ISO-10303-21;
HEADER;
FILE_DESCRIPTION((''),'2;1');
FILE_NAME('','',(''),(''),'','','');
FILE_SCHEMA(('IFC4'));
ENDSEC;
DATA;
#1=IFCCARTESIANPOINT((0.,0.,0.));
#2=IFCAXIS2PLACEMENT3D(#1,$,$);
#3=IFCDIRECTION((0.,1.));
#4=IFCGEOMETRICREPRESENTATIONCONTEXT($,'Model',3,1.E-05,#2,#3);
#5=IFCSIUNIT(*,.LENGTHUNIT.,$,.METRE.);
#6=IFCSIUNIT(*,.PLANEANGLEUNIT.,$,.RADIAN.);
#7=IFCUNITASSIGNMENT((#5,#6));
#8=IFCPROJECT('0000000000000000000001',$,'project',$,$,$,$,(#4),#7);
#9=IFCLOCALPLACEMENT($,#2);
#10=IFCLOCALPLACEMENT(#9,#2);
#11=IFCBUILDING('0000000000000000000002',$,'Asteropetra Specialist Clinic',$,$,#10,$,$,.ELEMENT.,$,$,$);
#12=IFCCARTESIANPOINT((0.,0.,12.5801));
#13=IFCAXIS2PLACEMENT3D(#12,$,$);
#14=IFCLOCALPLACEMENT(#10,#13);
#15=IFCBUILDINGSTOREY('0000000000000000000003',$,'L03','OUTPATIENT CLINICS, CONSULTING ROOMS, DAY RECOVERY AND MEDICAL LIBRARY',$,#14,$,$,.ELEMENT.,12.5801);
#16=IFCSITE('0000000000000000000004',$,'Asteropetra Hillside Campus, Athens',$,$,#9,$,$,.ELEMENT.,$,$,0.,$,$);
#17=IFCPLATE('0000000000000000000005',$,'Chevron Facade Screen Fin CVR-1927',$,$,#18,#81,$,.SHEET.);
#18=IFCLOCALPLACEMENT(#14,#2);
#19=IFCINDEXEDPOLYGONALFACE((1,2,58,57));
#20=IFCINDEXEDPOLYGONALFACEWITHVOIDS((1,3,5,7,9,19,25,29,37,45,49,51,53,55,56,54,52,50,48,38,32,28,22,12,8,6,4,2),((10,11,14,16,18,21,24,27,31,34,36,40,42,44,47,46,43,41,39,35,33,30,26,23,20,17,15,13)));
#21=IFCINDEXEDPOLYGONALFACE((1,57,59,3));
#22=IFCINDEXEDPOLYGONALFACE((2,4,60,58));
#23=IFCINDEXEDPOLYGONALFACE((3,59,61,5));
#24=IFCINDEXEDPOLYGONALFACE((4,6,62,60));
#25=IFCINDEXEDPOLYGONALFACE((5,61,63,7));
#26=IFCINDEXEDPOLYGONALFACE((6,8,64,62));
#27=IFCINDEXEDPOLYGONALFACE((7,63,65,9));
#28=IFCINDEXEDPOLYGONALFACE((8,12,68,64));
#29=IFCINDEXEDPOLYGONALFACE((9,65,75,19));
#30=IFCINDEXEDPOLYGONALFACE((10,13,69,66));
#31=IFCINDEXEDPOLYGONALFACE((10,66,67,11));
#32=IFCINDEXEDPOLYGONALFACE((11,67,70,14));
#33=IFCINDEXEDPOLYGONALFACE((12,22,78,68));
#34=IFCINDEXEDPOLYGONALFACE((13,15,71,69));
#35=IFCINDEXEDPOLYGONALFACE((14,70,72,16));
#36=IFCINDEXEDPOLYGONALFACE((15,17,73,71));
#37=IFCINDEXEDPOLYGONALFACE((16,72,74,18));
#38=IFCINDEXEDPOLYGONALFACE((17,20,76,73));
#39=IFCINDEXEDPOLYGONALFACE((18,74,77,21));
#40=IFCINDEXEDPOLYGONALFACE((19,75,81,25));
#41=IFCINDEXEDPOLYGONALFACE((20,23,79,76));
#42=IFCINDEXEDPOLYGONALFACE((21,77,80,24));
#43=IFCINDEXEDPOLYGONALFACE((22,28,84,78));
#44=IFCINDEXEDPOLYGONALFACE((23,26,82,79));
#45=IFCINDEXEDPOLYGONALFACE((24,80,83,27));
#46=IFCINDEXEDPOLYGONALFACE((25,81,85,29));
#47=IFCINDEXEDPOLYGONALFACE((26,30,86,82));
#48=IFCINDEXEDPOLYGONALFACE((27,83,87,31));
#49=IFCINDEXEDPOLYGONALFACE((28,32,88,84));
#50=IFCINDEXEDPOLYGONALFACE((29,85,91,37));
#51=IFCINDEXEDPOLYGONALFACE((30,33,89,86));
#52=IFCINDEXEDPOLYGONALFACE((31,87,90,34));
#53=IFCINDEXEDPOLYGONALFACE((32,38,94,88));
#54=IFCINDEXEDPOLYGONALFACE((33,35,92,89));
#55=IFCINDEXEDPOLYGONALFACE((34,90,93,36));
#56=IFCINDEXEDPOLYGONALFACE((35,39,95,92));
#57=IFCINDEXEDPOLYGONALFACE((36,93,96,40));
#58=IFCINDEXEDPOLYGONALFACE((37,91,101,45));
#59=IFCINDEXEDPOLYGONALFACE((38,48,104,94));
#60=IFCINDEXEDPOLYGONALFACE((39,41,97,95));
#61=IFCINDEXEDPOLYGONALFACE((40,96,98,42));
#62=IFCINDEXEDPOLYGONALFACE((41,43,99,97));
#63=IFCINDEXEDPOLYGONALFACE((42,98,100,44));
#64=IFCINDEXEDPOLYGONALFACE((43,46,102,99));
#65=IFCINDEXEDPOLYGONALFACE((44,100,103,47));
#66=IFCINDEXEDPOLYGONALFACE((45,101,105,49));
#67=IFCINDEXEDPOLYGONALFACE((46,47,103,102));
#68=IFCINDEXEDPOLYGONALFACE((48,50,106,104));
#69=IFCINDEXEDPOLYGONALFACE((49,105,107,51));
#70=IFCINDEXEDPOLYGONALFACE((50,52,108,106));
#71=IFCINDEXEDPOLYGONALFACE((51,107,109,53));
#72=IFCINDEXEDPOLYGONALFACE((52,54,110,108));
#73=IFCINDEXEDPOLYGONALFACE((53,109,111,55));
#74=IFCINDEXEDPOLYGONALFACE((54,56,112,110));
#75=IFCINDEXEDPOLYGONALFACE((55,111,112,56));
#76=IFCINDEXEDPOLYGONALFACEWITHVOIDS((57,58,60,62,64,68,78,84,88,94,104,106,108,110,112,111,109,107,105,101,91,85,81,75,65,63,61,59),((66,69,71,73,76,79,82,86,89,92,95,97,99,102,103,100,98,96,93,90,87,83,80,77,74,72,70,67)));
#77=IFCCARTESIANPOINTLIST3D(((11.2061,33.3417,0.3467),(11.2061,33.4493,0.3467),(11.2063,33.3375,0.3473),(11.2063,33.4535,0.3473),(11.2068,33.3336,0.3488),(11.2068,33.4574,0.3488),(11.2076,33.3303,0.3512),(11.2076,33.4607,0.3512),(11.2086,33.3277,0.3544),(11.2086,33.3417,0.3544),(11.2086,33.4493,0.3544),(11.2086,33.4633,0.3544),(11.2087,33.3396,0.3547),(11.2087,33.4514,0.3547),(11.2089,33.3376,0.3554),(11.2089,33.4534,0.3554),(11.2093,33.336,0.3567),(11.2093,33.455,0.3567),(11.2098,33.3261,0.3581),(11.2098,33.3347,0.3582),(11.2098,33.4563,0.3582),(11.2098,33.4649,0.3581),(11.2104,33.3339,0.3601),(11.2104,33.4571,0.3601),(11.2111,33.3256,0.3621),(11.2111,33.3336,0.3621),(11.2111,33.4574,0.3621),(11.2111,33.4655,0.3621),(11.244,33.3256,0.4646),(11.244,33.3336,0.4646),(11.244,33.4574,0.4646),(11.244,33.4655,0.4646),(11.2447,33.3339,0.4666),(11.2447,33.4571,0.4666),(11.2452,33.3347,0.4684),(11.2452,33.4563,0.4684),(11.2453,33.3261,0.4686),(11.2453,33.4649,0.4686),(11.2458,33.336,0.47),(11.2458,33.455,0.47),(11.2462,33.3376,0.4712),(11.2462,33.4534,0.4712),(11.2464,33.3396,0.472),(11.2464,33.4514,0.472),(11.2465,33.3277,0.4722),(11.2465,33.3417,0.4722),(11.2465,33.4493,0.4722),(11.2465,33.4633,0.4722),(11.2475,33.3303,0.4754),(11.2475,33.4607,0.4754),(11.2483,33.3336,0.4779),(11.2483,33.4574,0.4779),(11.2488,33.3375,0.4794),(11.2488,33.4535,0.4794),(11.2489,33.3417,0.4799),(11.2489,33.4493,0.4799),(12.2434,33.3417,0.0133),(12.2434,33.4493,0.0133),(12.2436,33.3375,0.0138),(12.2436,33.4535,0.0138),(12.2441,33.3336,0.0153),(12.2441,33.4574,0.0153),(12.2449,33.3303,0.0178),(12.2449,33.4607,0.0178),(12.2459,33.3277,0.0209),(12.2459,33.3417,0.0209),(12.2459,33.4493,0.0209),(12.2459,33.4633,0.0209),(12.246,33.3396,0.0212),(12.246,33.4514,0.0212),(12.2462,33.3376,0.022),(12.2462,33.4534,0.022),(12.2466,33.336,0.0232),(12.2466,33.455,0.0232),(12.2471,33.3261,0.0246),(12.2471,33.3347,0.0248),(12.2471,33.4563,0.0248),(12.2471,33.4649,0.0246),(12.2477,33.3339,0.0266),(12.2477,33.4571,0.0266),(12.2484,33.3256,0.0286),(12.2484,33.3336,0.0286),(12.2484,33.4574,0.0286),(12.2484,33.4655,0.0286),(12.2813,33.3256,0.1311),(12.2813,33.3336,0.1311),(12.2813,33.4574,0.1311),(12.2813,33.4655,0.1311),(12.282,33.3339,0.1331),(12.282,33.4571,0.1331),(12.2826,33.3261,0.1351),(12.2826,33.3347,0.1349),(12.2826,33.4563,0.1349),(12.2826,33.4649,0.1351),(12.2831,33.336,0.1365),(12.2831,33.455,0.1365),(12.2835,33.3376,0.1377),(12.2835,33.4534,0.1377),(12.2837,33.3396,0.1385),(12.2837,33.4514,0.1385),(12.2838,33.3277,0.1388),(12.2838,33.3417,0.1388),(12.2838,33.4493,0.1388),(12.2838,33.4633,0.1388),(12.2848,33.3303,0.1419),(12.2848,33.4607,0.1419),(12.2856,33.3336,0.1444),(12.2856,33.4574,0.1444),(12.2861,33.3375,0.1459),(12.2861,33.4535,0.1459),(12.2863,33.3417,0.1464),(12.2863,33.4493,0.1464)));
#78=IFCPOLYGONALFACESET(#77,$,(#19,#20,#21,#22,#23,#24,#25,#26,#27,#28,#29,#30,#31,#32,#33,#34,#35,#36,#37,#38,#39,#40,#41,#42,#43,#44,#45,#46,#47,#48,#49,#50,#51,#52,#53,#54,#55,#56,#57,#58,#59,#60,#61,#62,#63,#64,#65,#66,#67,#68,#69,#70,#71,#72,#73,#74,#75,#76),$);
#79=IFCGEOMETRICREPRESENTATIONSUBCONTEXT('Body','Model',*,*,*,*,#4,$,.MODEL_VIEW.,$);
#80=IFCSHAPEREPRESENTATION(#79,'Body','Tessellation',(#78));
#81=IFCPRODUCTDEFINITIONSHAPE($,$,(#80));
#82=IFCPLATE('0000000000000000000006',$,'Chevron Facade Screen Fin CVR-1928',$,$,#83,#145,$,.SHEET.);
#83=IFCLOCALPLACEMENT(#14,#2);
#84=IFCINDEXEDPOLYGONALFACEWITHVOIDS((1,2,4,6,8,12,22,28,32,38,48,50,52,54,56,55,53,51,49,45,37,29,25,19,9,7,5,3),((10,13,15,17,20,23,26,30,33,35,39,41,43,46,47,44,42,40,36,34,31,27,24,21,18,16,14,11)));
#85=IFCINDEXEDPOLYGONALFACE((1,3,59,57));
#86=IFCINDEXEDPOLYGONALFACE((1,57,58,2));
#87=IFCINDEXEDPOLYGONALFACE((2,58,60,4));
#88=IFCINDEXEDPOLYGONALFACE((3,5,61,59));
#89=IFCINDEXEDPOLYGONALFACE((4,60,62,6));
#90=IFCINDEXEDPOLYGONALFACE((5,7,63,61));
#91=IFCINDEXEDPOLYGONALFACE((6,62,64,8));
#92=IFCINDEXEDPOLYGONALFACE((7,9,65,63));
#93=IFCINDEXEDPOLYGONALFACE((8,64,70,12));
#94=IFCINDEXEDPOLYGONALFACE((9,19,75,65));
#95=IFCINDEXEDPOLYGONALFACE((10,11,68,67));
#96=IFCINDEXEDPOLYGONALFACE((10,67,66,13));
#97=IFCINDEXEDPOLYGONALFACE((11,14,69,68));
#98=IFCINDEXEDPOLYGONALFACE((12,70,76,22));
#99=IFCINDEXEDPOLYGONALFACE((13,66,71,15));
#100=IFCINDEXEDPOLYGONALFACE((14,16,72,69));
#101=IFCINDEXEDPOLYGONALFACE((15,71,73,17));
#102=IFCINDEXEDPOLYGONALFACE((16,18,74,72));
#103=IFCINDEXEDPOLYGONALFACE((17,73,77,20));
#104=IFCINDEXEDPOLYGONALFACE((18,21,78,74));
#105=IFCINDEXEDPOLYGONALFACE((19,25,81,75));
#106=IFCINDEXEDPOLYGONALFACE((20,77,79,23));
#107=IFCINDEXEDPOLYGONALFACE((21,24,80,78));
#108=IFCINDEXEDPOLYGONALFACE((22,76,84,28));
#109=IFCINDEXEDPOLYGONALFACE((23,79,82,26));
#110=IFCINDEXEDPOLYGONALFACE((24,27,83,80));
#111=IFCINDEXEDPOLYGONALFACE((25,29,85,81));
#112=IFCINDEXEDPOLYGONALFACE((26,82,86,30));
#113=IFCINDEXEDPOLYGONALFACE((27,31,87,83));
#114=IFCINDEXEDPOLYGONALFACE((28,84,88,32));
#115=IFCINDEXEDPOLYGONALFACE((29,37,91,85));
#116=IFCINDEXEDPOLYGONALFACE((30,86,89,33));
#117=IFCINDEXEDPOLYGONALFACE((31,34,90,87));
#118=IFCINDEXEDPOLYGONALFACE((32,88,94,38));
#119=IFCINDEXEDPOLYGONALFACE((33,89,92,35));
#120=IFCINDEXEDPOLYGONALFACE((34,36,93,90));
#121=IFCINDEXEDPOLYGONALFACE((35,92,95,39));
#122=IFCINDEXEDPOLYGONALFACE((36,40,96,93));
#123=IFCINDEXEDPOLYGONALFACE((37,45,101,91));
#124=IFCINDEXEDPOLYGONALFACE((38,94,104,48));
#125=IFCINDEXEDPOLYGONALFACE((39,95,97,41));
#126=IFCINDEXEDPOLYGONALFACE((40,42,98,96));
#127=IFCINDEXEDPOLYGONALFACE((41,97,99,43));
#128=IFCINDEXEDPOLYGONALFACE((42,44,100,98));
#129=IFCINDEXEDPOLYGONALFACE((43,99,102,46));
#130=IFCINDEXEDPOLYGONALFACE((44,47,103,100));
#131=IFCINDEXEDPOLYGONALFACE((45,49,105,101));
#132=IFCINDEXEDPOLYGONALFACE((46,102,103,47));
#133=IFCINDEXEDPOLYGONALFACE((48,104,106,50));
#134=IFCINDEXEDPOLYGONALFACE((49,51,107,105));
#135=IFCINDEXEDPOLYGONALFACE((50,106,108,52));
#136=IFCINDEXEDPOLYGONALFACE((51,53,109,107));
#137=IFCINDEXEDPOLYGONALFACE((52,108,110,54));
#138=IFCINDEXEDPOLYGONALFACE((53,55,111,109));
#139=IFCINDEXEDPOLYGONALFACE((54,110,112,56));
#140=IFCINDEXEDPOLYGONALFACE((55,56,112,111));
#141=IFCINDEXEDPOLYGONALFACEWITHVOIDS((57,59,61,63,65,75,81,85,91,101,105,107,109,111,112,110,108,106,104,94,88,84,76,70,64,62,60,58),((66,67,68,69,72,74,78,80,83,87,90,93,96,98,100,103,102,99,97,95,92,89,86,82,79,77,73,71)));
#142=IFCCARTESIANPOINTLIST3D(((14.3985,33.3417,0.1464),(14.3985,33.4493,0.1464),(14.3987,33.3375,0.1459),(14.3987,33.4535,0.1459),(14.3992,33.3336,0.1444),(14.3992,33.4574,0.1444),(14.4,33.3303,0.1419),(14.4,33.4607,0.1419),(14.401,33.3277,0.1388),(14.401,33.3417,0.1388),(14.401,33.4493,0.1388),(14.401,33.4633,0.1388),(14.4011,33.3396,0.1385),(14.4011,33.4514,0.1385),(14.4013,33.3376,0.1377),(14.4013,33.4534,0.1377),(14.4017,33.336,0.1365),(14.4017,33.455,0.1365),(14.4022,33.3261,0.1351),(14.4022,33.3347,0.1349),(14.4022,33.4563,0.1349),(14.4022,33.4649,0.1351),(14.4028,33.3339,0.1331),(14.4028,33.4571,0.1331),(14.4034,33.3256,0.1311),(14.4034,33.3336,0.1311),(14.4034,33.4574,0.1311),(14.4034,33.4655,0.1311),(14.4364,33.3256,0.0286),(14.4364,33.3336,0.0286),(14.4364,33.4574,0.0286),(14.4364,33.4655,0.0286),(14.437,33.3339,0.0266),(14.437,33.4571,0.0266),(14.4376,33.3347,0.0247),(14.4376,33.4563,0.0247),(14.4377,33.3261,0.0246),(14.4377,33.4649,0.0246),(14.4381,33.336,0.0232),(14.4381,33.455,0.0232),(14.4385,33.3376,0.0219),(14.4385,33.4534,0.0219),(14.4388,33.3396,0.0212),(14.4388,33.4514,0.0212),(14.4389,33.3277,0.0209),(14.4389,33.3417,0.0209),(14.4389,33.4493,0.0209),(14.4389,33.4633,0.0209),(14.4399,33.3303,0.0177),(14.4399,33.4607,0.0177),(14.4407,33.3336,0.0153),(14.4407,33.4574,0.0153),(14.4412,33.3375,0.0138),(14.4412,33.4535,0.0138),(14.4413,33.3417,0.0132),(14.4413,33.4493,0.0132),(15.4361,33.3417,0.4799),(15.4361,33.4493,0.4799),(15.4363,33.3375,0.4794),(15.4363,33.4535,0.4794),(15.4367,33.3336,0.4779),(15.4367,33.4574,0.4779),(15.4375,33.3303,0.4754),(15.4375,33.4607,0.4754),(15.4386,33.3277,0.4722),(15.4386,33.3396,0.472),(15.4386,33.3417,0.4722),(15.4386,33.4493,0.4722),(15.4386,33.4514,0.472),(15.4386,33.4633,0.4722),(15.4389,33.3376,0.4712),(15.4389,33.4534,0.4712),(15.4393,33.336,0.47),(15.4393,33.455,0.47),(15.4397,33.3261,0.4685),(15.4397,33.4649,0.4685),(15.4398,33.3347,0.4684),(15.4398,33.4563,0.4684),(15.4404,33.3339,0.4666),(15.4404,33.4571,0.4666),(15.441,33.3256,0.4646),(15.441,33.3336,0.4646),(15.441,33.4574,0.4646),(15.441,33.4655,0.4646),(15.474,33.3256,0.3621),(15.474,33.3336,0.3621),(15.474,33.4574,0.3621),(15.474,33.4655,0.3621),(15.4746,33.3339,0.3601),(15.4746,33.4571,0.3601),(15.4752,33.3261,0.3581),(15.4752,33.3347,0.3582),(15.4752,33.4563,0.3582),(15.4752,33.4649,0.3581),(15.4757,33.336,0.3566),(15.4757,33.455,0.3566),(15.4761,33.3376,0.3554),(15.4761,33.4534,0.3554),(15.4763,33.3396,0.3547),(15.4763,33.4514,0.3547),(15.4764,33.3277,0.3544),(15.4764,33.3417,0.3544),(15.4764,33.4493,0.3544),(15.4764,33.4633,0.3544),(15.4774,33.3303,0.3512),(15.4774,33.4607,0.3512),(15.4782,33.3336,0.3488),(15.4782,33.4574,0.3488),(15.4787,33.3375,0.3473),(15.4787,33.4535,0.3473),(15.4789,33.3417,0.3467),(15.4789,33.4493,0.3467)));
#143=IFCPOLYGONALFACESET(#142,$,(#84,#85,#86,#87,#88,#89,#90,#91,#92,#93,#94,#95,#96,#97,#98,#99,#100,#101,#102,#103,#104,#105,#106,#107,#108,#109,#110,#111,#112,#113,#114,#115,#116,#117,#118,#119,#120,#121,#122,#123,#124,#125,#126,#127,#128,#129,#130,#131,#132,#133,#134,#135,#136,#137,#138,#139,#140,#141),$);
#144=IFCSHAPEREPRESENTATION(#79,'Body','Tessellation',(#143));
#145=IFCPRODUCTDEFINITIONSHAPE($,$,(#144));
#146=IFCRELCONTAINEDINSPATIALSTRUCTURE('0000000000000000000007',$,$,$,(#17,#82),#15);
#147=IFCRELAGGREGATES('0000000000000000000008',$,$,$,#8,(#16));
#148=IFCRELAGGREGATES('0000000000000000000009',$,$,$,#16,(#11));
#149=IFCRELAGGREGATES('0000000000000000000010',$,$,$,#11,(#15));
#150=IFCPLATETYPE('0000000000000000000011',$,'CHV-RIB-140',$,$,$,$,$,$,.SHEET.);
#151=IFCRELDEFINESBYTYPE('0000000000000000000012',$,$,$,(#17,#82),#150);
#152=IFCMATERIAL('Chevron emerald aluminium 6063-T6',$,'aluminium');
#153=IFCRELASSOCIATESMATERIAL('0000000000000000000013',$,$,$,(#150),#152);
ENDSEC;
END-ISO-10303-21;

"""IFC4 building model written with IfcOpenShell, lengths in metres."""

from ifc_helpers import new_model, si_unit, direction, frame, origin, origin_2d, place, context, subcontext, project, spatial, hollow_rectangle, extrude, material, material_profile, profile_set, type_object, element, save


model = new_model("IFC4")

# Units and contexts
model_context = context("Model", 3, precision=1e-05, world=origin(), true_north=direction((0.0, 1.0)))
body_context = subcontext(model_context, "Body", "Model", "MODEL_VIEW")
ifc_project = project(units=[si_unit("LENGTHUNIT", "METRE"), si_unit("PLANEANGLEUNIT", "RADIAN")], contexts=[model_context])

# Site, building, storey
site_placement = place(None, origin())
site = spatial("IfcSite", under=ifc_project, at=site_placement, Name="Asteropetra Hillside Campus, Athens", CompositionType="ELEMENT", RefElevation=0.0)
building_placement = place(site_placement, origin())
building = spatial("IfcBuilding", under=site, at=building_placement, Name="Asteropetra Specialist Clinic", CompositionType="ELEMENT")
storey_placement = place(building_placement, frame((0.0, 0.0, 12.5801)))
storey = spatial("IfcBuildingStorey", under=building, at=storey_placement, Name="L03", Description="OUTPATIENT CLINICS, CONSULTING ROOMS, DAY RECOVERY AND MEDICAL LIBRARY", CompositionType="ELEMENT", Elevation=12.5801)

# Plates
ifc_material_1 = material(Name="Chevron emerald aluminium 6063-T6", Category="aluminium")
ifc_material_profile_1 = material_profile(ifc_material_1, hollow_rectangle(XDim=0.1399, YDim=0.1399, WallThickness=0.0081, InnerFilletRadius=0.0081, OuterFilletRadius=0.0161, at=origin_2d()), Name="SHS 140x140x8.0")
ifc_profile_set_1 = profile_set([ifc_material_profile_1], Name="Chevron emerald aluminium 6063-T6")
plate_type = type_object("IfcPlateType", Name="CHV-RIB-140", PredefinedType="SHEET", material=ifc_profile_set_1)
plate_1_placement = place(storey_placement, frame((11.2275, 33.3955, 0.4133), z_axis=(0.952012, 0.0, -0.30606), x_axis=(0.0, 1.0, 0.0)))
element("IfcPlate", 1, at=plate_1_placement, inside=storey, type_object=plate_type, Name="Chevron Facade Screen Fin CVR-1927", PredefinedType="SHEET", context=body_context, shape_type="SweptSolid", body=[
    extrude(hollow_rectangle(XDim=0.1399, YDim=0.1399, WallThickness=0.0081, InnerFilletRadius=0.0081, OuterFilletRadius=0.0161, at=origin_2d()), origin(), (0.0, 0.0, 1.0), 1.0896),
])
for number, where, z_axis, x_axis, name in (
    (2, (14.4199, 33.3955, 0.0798), (0.952033, 0.0, 0.305995), (0.0, 1.0, 0.0), "Chevron Facade Screen Fin CVR-1928"),
):
    element("IfcPlate", number, at=place(storey_placement, frame(where, z_axis=z_axis, x_axis=x_axis)), inside=storey, type_object=plate_type, Name=name, PredefinedType="SHEET", context=body_context, shape_type="SweptSolid", body=[
        extrude(hollow_rectangle(XDim=0.1399, YDim=0.1399, WallThickness=0.0081, InnerFilletRadius=0.0081, OuterFilletRadius=0.0161, at=origin_2d()), origin(), (0.0, 0.0, 1.0), 1.0898),
    ])

save(model, "model.ifc")
